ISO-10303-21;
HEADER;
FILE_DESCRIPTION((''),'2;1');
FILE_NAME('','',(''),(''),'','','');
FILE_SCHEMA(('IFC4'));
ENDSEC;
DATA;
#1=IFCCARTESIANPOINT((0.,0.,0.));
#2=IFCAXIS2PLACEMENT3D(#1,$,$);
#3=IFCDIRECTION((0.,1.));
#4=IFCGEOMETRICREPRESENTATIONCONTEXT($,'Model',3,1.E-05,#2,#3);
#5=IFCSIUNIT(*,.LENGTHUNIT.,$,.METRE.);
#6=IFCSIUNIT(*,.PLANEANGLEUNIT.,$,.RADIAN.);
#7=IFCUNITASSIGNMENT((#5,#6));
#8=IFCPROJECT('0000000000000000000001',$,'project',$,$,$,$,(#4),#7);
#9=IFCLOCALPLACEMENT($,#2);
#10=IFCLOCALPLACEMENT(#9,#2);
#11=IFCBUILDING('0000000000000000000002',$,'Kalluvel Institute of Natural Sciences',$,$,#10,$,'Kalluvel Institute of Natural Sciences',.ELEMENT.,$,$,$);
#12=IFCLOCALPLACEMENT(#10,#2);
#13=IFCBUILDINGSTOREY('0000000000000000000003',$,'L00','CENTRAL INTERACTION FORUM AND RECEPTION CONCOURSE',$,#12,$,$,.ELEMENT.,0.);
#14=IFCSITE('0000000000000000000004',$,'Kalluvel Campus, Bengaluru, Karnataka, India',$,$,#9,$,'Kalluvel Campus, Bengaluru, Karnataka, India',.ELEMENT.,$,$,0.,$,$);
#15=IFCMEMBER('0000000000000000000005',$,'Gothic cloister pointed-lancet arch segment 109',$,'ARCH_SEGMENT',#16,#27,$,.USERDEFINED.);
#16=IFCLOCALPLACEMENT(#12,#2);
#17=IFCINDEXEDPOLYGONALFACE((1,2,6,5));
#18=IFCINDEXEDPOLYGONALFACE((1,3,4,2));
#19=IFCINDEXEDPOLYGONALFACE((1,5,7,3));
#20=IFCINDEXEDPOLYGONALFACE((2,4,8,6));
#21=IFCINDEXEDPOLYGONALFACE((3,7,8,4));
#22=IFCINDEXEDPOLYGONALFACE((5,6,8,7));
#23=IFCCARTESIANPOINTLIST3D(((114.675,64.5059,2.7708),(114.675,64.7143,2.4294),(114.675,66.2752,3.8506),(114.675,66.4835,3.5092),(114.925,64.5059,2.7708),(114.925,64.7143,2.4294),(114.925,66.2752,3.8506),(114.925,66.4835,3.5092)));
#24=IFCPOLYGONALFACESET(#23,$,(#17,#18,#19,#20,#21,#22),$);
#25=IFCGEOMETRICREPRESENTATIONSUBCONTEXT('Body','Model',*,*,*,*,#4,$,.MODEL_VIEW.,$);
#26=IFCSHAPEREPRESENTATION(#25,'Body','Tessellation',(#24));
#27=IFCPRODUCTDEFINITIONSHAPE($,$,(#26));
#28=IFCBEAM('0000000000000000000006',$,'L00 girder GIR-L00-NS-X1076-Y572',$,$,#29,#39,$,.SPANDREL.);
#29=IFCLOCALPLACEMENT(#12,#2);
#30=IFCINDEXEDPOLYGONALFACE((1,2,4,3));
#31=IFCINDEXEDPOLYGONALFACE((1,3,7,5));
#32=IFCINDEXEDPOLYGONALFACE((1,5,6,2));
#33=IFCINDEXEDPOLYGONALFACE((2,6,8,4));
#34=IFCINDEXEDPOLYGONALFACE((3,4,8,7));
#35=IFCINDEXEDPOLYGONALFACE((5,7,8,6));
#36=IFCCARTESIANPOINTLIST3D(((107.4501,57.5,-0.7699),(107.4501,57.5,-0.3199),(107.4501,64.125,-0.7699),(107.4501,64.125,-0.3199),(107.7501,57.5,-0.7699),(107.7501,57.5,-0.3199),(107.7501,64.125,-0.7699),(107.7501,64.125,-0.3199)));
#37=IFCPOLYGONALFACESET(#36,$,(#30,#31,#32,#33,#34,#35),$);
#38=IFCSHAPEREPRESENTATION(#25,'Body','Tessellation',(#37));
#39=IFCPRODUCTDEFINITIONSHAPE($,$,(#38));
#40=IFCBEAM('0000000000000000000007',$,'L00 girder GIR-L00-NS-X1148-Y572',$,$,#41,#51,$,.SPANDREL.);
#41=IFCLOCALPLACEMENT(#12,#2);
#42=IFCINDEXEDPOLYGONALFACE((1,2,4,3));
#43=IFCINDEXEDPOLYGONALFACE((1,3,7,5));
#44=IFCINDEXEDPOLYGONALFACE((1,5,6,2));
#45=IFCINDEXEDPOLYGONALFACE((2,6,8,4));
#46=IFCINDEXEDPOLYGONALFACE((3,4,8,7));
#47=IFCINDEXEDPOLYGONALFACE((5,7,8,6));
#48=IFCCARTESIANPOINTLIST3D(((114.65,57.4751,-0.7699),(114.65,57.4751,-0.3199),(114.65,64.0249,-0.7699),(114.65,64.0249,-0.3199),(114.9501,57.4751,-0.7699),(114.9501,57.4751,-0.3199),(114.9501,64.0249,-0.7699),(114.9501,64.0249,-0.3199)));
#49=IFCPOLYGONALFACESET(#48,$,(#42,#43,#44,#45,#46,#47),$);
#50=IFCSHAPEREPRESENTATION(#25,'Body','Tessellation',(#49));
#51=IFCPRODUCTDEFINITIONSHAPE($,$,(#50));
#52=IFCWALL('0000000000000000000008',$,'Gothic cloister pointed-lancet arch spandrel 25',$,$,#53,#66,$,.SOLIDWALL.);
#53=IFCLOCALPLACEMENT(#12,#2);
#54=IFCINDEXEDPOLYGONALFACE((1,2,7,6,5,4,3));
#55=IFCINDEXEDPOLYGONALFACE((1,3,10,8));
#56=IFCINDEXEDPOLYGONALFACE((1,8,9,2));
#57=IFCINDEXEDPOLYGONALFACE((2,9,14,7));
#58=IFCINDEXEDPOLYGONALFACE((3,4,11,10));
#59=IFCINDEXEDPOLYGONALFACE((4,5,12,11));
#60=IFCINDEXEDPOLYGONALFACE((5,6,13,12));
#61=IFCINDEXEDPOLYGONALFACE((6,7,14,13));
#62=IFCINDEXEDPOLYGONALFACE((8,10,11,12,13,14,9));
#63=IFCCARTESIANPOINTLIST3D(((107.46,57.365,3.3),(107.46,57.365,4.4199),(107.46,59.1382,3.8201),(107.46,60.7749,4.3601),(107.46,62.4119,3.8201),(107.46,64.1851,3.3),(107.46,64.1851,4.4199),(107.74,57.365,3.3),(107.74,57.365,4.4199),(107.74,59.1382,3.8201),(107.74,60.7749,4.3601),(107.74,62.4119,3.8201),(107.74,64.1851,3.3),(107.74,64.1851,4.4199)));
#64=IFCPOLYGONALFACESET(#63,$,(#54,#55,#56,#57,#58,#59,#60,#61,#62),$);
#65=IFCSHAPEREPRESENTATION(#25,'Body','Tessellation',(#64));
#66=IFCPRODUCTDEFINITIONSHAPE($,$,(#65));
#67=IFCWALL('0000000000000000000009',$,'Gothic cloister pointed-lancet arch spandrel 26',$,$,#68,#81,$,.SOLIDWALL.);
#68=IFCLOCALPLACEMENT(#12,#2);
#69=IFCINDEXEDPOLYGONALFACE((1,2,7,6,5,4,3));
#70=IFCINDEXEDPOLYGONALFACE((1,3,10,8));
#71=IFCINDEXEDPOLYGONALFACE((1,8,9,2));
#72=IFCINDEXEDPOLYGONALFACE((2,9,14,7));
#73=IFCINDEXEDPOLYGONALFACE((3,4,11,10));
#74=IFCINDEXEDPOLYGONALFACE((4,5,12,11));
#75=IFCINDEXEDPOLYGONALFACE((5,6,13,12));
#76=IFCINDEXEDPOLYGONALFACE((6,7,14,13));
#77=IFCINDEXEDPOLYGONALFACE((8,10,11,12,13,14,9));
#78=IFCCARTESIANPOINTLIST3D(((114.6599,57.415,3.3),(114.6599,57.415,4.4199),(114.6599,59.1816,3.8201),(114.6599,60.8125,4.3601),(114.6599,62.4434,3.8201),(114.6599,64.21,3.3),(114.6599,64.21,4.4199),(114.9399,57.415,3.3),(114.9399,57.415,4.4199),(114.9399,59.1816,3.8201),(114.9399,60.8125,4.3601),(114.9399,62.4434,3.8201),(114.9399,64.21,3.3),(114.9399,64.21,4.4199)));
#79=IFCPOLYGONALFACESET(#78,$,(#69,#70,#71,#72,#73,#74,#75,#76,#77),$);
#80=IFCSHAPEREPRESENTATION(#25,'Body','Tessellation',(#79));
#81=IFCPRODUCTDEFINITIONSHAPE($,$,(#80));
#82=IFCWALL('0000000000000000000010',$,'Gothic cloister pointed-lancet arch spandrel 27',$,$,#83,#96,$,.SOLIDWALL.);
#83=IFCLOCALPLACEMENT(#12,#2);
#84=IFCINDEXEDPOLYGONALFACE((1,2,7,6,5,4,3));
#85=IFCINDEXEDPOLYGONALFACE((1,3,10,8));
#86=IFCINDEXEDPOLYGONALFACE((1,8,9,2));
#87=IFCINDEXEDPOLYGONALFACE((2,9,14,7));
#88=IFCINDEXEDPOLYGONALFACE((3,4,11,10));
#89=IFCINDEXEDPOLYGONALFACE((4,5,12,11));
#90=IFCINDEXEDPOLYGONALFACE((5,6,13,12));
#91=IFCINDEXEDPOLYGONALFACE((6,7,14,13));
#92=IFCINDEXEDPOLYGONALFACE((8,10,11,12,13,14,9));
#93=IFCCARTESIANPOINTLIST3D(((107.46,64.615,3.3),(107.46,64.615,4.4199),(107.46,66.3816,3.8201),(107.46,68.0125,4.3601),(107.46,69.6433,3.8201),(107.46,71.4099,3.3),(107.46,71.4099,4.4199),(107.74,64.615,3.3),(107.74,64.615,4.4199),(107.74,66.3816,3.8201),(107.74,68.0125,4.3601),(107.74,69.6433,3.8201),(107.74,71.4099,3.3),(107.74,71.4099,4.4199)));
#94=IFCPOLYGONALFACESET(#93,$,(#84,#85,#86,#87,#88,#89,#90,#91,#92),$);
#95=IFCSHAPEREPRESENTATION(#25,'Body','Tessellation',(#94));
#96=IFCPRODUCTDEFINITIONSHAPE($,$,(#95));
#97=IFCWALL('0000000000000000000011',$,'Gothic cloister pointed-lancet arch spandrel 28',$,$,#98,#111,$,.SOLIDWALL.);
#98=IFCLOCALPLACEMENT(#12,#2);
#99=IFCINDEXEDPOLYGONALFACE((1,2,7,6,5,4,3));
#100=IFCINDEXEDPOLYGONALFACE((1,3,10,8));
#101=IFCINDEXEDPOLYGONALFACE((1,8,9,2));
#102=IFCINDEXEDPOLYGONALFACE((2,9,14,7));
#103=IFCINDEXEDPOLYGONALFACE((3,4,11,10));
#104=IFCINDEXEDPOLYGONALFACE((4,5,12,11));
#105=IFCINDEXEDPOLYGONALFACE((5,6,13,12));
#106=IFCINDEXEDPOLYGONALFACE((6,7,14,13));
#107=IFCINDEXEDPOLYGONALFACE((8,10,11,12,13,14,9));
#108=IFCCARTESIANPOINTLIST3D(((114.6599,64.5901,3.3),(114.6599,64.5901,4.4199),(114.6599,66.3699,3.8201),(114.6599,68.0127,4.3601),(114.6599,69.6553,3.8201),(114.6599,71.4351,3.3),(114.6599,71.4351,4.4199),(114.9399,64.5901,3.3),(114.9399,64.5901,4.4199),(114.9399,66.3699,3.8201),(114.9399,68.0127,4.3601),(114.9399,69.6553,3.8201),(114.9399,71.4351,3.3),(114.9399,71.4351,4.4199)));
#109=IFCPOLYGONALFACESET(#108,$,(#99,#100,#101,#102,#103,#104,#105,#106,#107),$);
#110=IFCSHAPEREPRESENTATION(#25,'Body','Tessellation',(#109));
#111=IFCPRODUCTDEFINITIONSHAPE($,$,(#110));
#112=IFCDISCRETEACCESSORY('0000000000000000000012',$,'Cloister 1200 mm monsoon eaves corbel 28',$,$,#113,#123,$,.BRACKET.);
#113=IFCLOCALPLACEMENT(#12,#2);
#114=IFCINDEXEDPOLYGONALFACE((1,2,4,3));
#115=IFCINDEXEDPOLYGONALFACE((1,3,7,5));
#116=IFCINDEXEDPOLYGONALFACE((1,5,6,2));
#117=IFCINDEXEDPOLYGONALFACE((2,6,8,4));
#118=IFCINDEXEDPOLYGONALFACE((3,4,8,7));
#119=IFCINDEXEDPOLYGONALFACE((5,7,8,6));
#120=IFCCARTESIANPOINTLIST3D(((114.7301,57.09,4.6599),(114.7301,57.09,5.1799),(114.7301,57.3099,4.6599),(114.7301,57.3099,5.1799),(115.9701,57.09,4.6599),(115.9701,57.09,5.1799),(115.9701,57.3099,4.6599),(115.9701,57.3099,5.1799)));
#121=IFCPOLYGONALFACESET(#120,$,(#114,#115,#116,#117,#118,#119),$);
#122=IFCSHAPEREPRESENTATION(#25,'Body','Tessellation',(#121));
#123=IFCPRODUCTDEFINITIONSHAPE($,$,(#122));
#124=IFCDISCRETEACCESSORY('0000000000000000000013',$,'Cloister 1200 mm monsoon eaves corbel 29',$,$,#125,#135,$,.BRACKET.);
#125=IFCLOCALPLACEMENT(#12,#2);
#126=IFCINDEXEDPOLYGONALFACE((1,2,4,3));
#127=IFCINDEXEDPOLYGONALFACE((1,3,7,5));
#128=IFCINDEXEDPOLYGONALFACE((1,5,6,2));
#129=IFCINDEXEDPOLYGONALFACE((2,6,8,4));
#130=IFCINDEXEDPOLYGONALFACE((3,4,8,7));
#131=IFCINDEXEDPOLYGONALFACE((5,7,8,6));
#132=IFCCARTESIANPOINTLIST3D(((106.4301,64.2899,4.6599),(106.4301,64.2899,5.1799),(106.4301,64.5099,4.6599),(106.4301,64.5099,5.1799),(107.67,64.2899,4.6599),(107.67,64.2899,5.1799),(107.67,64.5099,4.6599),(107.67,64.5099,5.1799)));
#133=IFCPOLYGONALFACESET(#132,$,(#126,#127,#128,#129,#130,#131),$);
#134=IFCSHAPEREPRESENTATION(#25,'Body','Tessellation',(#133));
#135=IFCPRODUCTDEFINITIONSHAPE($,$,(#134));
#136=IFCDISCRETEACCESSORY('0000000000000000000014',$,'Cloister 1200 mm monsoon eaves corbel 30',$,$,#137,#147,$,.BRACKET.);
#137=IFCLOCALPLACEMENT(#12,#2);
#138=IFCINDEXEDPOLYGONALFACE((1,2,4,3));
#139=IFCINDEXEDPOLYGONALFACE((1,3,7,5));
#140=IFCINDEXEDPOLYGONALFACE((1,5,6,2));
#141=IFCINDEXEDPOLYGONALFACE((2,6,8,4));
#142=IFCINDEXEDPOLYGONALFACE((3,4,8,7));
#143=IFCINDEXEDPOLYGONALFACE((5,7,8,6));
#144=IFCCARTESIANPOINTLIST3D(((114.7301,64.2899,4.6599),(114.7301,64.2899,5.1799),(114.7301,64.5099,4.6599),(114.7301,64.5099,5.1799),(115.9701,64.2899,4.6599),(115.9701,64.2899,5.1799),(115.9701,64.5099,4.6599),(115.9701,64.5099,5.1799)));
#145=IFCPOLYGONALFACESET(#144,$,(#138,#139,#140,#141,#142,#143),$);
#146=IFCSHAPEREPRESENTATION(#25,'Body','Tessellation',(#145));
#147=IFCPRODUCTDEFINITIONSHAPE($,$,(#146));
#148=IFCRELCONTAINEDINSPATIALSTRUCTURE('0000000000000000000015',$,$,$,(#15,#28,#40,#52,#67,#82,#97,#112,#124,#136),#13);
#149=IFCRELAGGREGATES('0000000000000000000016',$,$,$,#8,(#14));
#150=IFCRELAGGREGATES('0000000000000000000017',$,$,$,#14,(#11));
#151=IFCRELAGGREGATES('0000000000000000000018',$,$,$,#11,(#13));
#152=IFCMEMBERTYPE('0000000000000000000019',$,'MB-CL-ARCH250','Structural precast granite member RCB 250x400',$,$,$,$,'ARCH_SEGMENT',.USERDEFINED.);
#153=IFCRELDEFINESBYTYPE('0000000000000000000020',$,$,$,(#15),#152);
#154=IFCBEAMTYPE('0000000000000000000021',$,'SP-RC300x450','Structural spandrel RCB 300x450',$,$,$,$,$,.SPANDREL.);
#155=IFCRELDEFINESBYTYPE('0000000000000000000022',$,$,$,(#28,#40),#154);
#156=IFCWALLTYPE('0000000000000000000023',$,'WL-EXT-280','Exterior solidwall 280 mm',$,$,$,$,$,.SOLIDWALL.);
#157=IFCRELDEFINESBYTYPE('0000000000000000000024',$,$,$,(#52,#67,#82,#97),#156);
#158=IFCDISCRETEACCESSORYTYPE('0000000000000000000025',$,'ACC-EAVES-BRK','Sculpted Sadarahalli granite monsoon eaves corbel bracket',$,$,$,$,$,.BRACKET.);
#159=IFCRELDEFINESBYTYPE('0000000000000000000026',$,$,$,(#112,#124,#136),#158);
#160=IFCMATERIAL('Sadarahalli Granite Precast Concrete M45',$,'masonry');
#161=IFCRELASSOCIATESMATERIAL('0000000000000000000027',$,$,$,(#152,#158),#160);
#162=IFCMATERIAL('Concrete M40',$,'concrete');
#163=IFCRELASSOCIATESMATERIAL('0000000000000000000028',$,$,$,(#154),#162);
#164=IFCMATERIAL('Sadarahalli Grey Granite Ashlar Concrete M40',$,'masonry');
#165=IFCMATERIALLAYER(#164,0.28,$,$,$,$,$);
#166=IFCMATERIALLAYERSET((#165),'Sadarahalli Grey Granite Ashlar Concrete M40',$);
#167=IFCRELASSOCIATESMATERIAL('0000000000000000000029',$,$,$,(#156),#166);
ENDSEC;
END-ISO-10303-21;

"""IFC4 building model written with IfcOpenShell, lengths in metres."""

from ifc_helpers import new_model, si_unit, direction, frame, origin, origin_2d, place, context, subcontext, project, spatial, polyline, rectangle, outline, extrude, material, layer, layer_set, material_profile, profile_set, type_object, element, save


model = new_model("IFC4")

# Units and contexts
model_context = context("Model", 3, precision=1e-05, world=origin(), true_north=direction((0.0, 1.0)))
body_context = subcontext(model_context, "Body", "Model", "MODEL_VIEW")
ifc_project = project(units=[si_unit("LENGTHUNIT", "METRE"), si_unit("PLANEANGLEUNIT", "RADIAN")], contexts=[model_context])

# Site, building, storey
site_placement = place(None, origin())
site = spatial("IfcSite", under=ifc_project, at=site_placement, Name="Kalluvel Campus, Bengaluru, Karnataka, India", LongName="Kalluvel Campus, Bengaluru, Karnataka, India", CompositionType="ELEMENT", RefElevation=0.0)
building_placement = place(site_placement, origin())
building = spatial("IfcBuilding", under=site, at=building_placement, Name="Kalluvel Institute of Natural Sciences", LongName="Kalluvel Institute of Natural Sciences", CompositionType="ELEMENT")
storey_placement = place(building_placement, origin())
storey = spatial("IfcBuildingStorey", under=building, at=storey_placement, Name="L00", Description="CENTRAL INTERACTION FORUM AND RECEPTION CONCOURSE", CompositionType="ELEMENT", Elevation=0.0)

# Shared definitions
ifc_material_1 = material(Name="Concrete M40", Category="concrete")

# Member
ifc_material_2 = material(Name="Sadarahalli Granite Precast Concrete M45", Category="masonry")
ifc_material_profile_1 = material_profile(ifc_material_2, rectangle(XDim=0.25, YDim=0.3999, at=origin_2d()), Name="RCB 250x400")
ifc_profile_set_1 = profile_set([ifc_material_profile_1], Name="Sadarahalli Granite Precast Concrete M45")
member_type = type_object("IfcMemberType", Name="MB-CL-ARCH250", Description="Structural precast granite member RCB 250x400", ElementType="ARCH_SEGMENT", PredefinedType="USERDEFINED", material=ifc_profile_set_1)
member_1_placement = place(storey_placement, frame((114.8, 64.6101, 2.6001), z_axis=(0.0, 0.853582, 0.520959), x_axis=(-1.0, 0.0, 0.0)))
element("IfcMember", 1, at=member_1_placement, inside=storey, type_object=member_type, Name="Gothic cloister pointed-lancet arch segment 109", ObjectType="ARCH_SEGMENT", PredefinedType="USERDEFINED", context=body_context, shape_type="SweptSolid", body=[
    extrude(rectangle(XDim=0.25, YDim=0.3999, at=origin_2d()), origin(), (0.0, 0.0, 1.0), 2.0728),
])

# Beams
ifc_material_profile_2 = material_profile(ifc_material_1, rectangle(XDim=0.3, YDim=0.45, at=origin_2d()), Name="RCB 300x450")
ifc_profile_set_2 = profile_set([ifc_material_profile_2], Name="Concrete M40")
beam_type_1 = type_object("IfcBeamType", Name="SP-RC300x450", Description="Structural spandrel RCB 300x450", PredefinedType="SPANDREL", material=ifc_profile_set_2)
beam_1_placement = place(storey_placement, frame((107.6001, 57.5, -0.5449), z_axis=(0.0, 1.0, 0.0), x_axis=(-1.0, 0.0, 0.0)))
element("IfcBeam", 2, at=beam_1_placement, inside=storey, type_object=beam_type_1, Name="L00 girder GIR-L00-NS-X1076-Y572", PredefinedType="SPANDREL", context=body_context, shape_type="SweptSolid", body=[
    extrude(rectangle(XDim=0.3, YDim=0.45, at=origin_2d()), origin(), (0.0, 0.0, 1.0), 6.625),
])
beam_2_placement = place(storey_placement, frame((114.8, 57.4751, -0.5449), z_axis=(0.0, 1.0, 0.0), x_axis=(-1.0, 0.0, 0.0)))
element("IfcBeam", 3, at=beam_2_placement, inside=storey, type_object=beam_type_1, Name="L00 girder GIR-L00-NS-X1148-Y572", PredefinedType="SPANDREL", context=body_context, shape_type="SweptSolid", body=[
    extrude(rectangle(XDim=0.3, YDim=0.45, at=origin_2d()), origin(), (0.0, 0.0, 1.0), 6.5498),
])

# Walls
ifc_material_3 = material(Name="Sadarahalli Grey Granite Ashlar Concrete M40", Category="masonry")
ifc_layer = layer(ifc_material_3, 0.28)
ifc_layer_set = layer_set([ifc_layer], Name="Sadarahalli Grey Granite Ashlar Concrete M40")
wall_type = type_object("IfcWallType", Name="WL-EXT-280", Description="Exterior solidwall 280 mm", PredefinedType="SOLIDWALL", material=ifc_layer_set)
wall_1_placement = place(storey_placement, frame((107.6001, 57.365, 3.3), z_axis=(0.0, 0.0, 1.0), x_axis=(0.0, 1.0, 0.0)))
element("IfcWall", 4, at=wall_1_placement, inside=storey, type_object=wall_type, Name="Gothic cloister pointed-lancet arch spandrel 25", PredefinedType="SOLIDWALL", context=body_context, shape_type="SweptSolid", body=[
    extrude(outline(polyline([(0.0, 0.0), (1.7732, 0.52), (3.4099, 1.0601), (5.0469, 0.52), (6.8201, 0.0), (6.8201, 1.1199), (0.0, 1.1199), (0.0, 0.0)])), frame((0.0, 0.1401, 0.0), z_axis=(0.0, -1.0, 0.0), x_axis=(1.0, 0.0, 0.0)), (0.0, 0.0, 1.0), 0.28),
])
for number, where, z_axis, x_axis, name in (
    (5, (114.8, 57.415, 3.3), (0.0, 0.0, 1.0), (0.0, 1.0, 0.0), "Gothic cloister pointed-lancet arch spandrel 26"),
    (6, (107.6001, 64.615, 3.3), (0.0, 0.0, 1.0), (0.0, 1.0, 0.0), "Gothic cloister pointed-lancet arch spandrel 27"),
):
    element("IfcWall", number, at=place(storey_placement, frame(where, z_axis=z_axis, x_axis=x_axis)), inside=storey, type_object=wall_type, Name=name, PredefinedType="SOLIDWALL", context=body_context, shape_type="SweptSolid", body=[
        extrude(outline(polyline([(0.0, 0.0), (1.7666, 0.52), (3.3975, 1.0601), (5.0283, 0.52), (6.7949, 0.0), (6.7949, 1.1199), (0.0, 1.1199), (0.0, 0.0)])), frame((0.0, 0.1401, 0.0), z_axis=(0.0, -1.0, 0.0), x_axis=(1.0, 0.0, 0.0)), (0.0, 0.0, 1.0), 0.28),
    ])
wall_2_placement = place(storey_placement, frame((114.8, 64.5901, 3.3), z_axis=(0.0, 0.0, 1.0), x_axis=(0.0, 1.0, 0.0)))
element("IfcWall", 7, at=wall_2_placement, inside=storey, type_object=wall_type, Name="Gothic cloister pointed-lancet arch spandrel 28", PredefinedType="SOLIDWALL", context=body_context, shape_type="SweptSolid", body=[
    extrude(outline(polyline([(0.0, 0.0), (1.7798, 0.52), (3.4226, 1.0601), (5.0652, 0.52), (6.845, 0.0), (6.845, 1.1199), (0.0, 1.1199), (0.0, 0.0)])), frame((0.0, 0.1401, 0.0), z_axis=(0.0, -1.0, 0.0), x_axis=(1.0, 0.0, 0.0)), (0.0, 0.0, 1.0), 0.28),
])

# Discrete accessories
discrete_accessory_type = type_object("IfcDiscreteAccessoryType", Name="ACC-EAVES-BRK", Description="Sculpted Sadarahalli granite monsoon eaves corbel bracket", PredefinedType="BRACKET", material=ifc_material_2)
for number, where, z_axis, x_axis, name in (
    (8, (115.3501, 57.2, 4.6599), (0.0, 0.0, 1.0), (1.0, 0.0, 0.0), "Cloister 1200 mm monsoon eaves corbel 28"),
    (9, (107.05, 64.3999, 4.6599), (0.0, 0.0, 1.0), (1.0, 0.0, 0.0), "Cloister 1200 mm monsoon eaves corbel 29"),
    (10, (115.3501, 64.3999, 4.6599), (0.0, 0.0, 1.0), (1.0, 0.0, 0.0), "Cloister 1200 mm monsoon eaves corbel 30"),
):
    element("IfcDiscreteAccessory", number, at=place(storey_placement, frame(where, z_axis=z_axis, x_axis=x_axis)), inside=storey, type_object=discrete_accessory_type, Name=name, PredefinedType="BRACKET", context=body_context, shape_type="SweptSolid", body=[
        extrude(rectangle(XDim=1.24, YDim=0.22, at=origin_2d()), origin(), (0.0, 0.0, 1.0), 0.52),
    ])

save(model, "model.ifc")
